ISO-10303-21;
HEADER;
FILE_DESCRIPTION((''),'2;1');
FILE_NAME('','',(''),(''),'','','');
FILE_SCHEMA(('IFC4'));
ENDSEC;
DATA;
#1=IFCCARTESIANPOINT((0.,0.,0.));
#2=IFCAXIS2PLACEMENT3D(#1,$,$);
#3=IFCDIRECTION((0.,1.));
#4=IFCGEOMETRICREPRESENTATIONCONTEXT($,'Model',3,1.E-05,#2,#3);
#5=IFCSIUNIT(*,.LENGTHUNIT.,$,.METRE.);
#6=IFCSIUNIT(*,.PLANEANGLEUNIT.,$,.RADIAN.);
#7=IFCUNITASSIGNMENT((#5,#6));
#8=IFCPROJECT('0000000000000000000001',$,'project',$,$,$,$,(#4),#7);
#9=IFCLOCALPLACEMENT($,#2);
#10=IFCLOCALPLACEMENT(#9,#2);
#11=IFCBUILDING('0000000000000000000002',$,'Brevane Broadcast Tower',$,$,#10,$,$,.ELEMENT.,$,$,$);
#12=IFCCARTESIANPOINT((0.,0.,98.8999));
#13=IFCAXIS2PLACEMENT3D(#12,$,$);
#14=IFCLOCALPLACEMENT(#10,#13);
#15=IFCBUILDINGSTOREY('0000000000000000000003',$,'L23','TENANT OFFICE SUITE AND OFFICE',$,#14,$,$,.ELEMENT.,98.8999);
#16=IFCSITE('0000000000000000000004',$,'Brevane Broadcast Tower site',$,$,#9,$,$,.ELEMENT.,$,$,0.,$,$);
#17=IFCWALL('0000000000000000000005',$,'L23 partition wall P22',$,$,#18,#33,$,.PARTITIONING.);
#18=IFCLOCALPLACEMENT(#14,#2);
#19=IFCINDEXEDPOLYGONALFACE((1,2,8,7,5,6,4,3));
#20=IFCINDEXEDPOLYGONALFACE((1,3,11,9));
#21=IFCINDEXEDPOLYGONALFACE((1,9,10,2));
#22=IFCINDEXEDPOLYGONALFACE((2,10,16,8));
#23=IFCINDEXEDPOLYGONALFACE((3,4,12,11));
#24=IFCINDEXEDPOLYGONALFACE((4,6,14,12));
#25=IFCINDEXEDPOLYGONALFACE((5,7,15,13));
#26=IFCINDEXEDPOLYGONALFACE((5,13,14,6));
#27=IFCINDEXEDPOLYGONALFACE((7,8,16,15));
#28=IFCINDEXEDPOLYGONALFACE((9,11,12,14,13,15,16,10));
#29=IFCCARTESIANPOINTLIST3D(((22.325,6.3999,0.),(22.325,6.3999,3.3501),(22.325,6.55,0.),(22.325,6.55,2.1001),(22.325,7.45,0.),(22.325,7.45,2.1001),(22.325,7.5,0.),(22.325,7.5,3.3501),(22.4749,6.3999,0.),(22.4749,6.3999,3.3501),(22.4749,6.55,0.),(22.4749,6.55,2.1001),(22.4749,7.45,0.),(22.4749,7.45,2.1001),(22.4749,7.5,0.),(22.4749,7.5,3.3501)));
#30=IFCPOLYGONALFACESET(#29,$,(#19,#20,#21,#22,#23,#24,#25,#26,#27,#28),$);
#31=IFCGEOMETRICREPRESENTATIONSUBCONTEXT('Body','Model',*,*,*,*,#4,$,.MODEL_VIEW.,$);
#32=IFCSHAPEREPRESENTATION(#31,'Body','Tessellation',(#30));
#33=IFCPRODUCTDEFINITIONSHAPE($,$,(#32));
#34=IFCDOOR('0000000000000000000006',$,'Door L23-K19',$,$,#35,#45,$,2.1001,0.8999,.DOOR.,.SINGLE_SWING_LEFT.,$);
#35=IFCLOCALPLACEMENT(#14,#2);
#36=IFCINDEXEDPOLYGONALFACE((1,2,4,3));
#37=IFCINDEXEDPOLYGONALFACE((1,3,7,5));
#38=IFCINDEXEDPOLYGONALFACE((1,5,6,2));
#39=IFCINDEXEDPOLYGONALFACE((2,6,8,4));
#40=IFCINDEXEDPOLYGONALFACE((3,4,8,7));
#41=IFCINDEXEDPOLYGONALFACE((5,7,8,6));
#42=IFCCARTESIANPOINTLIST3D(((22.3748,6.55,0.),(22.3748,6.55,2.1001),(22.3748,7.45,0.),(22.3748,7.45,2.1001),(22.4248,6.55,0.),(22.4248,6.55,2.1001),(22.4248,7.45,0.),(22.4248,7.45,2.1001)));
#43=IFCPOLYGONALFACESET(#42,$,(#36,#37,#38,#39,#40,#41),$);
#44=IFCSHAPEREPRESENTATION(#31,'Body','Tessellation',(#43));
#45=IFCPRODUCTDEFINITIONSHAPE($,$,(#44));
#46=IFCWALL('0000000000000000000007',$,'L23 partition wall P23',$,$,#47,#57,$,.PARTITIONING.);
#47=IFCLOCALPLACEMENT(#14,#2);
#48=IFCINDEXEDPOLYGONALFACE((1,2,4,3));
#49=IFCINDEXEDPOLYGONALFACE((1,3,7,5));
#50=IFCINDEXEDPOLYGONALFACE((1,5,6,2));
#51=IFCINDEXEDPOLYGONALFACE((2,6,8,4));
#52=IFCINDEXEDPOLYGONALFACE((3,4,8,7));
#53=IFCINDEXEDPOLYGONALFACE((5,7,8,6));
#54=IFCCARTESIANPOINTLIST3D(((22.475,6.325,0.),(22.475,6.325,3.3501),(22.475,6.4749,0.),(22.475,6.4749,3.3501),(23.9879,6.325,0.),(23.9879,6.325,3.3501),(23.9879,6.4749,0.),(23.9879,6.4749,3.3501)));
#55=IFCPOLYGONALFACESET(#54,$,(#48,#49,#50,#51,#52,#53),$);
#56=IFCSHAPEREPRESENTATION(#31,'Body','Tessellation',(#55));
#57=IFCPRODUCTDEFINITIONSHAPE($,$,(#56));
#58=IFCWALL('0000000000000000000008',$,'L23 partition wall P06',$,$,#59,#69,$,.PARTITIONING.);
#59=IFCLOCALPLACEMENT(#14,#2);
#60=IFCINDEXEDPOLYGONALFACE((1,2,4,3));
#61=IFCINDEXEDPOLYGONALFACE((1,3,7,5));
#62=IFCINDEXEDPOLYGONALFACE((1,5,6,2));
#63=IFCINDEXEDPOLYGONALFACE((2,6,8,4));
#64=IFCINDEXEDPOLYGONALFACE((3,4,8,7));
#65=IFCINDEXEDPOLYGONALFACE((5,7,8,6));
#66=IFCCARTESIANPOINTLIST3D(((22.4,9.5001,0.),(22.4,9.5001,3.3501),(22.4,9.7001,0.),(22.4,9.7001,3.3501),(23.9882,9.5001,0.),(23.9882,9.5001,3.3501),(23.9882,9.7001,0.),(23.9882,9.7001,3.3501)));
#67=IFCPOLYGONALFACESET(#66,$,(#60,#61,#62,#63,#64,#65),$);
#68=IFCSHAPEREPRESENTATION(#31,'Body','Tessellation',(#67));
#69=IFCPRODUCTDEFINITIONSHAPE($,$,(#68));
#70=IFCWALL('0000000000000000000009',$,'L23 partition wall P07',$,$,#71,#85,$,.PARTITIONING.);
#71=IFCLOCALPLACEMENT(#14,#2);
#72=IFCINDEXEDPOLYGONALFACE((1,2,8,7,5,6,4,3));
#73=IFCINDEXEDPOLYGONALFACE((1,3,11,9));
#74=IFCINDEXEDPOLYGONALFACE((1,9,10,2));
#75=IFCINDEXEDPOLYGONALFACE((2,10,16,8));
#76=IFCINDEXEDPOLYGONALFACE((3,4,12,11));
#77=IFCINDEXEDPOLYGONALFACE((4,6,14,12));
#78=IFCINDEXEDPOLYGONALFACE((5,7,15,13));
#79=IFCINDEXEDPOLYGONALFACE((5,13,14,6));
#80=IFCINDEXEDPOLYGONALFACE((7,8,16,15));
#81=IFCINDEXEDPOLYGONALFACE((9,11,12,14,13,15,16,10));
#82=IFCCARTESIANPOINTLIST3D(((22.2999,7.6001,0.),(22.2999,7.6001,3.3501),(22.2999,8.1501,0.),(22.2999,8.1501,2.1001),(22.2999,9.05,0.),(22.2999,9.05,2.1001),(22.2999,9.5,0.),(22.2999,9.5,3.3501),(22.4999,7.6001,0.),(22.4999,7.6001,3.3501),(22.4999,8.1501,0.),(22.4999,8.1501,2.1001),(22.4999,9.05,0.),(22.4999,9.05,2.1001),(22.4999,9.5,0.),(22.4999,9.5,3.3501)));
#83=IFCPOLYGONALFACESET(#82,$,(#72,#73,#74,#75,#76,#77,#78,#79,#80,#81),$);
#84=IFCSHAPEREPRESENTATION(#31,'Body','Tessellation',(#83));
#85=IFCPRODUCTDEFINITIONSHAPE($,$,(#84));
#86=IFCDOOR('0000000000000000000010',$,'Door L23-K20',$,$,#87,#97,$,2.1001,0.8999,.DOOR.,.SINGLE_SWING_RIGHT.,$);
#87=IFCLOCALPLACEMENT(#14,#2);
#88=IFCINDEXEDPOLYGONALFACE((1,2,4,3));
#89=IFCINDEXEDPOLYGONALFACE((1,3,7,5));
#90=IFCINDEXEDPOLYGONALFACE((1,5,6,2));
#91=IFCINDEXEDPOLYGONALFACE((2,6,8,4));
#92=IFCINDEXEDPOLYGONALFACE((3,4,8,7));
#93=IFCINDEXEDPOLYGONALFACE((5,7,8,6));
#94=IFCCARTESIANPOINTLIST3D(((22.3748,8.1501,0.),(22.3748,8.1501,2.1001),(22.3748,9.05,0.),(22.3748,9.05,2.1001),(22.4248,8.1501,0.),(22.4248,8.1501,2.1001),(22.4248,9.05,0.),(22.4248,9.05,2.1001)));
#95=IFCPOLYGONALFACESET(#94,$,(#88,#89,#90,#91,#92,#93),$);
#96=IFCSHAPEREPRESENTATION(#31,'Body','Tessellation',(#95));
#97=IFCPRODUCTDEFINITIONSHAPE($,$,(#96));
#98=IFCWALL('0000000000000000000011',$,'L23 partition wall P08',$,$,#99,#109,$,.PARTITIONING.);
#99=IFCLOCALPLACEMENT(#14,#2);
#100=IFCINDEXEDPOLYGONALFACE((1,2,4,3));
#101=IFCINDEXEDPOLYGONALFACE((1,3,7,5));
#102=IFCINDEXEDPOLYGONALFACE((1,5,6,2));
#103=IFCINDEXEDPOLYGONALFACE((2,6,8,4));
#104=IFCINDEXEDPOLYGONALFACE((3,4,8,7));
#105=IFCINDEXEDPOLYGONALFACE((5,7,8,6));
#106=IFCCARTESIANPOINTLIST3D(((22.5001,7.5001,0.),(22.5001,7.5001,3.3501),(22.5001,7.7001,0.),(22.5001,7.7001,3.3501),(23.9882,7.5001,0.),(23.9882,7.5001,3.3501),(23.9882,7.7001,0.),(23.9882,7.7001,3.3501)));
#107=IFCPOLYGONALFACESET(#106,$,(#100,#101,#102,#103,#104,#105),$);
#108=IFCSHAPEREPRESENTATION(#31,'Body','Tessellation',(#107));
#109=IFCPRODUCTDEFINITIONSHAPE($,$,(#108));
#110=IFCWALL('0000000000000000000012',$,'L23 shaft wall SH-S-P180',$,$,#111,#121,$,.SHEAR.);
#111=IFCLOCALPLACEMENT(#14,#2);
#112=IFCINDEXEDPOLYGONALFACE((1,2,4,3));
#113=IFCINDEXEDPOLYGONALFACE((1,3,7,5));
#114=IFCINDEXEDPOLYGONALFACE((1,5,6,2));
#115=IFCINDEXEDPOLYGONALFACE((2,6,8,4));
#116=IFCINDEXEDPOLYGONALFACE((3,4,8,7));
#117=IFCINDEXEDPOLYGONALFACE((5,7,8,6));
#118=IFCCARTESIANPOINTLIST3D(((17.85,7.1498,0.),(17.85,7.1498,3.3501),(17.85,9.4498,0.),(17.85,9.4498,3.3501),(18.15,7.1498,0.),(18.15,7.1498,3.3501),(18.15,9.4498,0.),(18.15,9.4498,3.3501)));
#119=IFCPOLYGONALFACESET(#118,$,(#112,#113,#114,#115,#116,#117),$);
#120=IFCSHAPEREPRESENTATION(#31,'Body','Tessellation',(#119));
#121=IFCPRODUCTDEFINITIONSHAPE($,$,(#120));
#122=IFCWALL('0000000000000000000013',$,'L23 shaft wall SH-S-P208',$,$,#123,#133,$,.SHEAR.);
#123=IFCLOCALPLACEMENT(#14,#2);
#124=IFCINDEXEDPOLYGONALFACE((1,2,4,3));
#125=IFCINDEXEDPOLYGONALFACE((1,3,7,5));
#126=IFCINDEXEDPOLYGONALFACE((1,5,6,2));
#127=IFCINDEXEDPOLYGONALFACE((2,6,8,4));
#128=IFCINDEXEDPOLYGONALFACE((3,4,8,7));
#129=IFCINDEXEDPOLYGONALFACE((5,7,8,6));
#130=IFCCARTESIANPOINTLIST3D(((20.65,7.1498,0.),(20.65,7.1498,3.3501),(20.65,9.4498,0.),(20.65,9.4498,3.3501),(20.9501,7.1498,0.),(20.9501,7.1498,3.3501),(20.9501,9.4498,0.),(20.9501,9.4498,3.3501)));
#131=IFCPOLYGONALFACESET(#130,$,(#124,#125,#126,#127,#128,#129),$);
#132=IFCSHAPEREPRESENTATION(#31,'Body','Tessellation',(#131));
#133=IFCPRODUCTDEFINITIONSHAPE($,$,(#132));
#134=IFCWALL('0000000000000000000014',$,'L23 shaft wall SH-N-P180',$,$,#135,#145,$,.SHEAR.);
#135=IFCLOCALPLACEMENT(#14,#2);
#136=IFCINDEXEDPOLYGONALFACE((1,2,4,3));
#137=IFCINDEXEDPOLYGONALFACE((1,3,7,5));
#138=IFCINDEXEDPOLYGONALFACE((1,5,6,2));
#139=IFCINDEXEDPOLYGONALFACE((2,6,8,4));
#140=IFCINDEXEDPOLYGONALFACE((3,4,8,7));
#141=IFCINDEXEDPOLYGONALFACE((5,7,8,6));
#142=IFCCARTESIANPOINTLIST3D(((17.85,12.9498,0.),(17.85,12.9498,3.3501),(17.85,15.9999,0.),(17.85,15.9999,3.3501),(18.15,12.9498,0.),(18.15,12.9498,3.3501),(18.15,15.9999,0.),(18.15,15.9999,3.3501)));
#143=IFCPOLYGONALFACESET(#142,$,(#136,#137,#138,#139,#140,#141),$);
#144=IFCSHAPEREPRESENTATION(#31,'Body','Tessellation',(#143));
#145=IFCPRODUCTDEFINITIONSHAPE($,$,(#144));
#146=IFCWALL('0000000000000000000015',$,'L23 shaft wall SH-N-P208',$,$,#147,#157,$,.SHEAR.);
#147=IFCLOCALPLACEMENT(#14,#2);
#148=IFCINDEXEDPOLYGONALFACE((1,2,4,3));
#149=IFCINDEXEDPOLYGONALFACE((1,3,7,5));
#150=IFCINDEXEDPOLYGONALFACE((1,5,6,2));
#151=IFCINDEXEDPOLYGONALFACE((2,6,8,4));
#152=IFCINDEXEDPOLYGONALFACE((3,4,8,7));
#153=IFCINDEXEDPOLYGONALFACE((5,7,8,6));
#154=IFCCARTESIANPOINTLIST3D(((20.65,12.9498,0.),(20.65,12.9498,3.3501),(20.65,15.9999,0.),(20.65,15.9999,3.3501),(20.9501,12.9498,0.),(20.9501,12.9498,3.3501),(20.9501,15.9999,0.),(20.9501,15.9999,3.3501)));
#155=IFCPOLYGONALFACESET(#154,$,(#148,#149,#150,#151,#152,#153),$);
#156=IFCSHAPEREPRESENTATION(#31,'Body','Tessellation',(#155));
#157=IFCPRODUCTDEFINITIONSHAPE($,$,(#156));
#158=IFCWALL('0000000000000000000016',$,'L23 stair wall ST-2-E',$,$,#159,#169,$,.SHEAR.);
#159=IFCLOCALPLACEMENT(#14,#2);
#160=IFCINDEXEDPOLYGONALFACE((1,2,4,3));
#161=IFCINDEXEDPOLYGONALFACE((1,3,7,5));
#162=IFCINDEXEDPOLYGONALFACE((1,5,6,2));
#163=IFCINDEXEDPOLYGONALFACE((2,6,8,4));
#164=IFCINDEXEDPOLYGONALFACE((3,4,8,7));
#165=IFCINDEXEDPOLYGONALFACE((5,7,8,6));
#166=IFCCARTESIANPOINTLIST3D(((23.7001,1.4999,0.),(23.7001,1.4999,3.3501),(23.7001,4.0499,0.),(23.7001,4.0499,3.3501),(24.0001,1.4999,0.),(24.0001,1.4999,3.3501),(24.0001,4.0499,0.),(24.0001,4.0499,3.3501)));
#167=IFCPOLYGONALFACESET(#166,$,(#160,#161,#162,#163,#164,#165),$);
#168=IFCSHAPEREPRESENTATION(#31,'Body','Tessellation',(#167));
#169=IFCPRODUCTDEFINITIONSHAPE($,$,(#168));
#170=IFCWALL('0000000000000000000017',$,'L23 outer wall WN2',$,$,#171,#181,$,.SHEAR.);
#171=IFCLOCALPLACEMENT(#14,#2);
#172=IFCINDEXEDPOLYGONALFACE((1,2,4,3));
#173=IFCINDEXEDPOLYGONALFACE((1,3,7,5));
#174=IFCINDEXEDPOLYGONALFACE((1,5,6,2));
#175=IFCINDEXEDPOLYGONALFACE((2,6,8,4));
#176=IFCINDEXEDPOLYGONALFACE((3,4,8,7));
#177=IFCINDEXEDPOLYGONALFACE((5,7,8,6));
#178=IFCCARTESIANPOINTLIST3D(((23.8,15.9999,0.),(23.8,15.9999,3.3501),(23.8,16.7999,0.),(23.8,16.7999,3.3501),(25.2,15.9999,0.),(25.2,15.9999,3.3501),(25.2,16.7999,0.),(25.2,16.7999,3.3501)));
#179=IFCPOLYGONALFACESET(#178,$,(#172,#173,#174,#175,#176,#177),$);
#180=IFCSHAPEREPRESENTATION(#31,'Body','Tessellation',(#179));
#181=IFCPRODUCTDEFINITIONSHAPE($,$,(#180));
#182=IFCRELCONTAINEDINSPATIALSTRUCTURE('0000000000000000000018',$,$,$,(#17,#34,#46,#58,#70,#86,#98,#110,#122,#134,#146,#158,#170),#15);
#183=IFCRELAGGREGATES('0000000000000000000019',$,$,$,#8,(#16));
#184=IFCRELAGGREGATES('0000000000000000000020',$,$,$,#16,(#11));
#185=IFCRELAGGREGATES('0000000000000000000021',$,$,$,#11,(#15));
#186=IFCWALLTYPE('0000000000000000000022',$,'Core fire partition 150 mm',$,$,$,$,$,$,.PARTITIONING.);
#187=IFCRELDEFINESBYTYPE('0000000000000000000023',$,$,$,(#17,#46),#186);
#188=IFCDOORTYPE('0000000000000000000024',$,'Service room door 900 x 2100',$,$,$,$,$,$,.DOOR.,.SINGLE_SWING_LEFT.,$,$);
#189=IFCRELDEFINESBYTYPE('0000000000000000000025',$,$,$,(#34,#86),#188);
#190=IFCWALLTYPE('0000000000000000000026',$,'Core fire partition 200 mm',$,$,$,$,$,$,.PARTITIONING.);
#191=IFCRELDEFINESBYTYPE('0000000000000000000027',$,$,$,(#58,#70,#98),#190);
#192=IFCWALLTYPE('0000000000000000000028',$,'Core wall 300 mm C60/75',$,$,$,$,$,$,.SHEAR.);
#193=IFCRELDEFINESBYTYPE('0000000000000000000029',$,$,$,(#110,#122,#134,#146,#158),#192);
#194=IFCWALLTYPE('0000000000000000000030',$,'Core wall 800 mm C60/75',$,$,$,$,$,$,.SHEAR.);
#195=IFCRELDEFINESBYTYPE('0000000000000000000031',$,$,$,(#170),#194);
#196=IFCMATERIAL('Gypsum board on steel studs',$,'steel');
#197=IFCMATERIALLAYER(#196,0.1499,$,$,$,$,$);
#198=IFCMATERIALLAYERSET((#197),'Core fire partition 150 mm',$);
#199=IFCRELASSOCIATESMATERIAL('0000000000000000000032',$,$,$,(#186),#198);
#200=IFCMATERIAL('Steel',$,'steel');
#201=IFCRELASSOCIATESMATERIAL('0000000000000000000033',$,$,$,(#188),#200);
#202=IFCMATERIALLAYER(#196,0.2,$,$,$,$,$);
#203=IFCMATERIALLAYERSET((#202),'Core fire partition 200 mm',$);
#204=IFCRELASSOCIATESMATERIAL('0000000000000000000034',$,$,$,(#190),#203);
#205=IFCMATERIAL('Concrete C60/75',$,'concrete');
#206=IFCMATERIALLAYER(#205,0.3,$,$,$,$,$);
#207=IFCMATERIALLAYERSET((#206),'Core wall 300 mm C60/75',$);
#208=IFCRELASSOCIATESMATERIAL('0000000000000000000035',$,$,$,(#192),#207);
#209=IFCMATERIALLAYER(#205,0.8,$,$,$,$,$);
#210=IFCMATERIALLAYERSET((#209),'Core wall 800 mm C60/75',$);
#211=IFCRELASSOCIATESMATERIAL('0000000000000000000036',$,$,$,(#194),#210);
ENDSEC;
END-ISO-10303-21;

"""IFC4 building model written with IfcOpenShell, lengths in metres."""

from ifc_helpers import new_model, si_unit, direction, frame, frame_2d, origin, place, context, subcontext, project, spatial, rectangle, extrude, material, layer, layer_set, type_object, element, fill, save


model = new_model("IFC4")

# Units and contexts
model_context = context("Model", 3, precision=1e-05, world=origin(), true_north=direction((0.0, 1.0)))
body_context = subcontext(model_context, "Body", "Model", "MODEL_VIEW")
ifc_project = project(units=[si_unit("LENGTHUNIT", "METRE"), si_unit("PLANEANGLEUNIT", "RADIAN")], contexts=[model_context])

# Site, building, storey
site_placement = place(None, origin())
site = spatial("IfcSite", under=ifc_project, at=site_placement, Name="Brevane Broadcast Tower site", CompositionType="ELEMENT", RefElevation=0.0)
building_placement = place(site_placement, origin())
building = spatial("IfcBuilding", under=site, at=building_placement, Name="Brevane Broadcast Tower", CompositionType="ELEMENT")
storey_placement = place(building_placement, frame((0.0, 0.0, 98.8999)))
storey = spatial("IfcBuildingStorey", under=building, at=storey_placement, Name="L23", Description="TENANT OFFICE SUITE AND OFFICE", CompositionType="ELEMENT", Elevation=98.8999)

# Wall, opening, door
ifc_material_1 = material(Name="Gypsum board on steel studs", Category="steel")
ifc_layer_1 = layer(ifc_material_1, 0.1499)
ifc_layer_set_1 = layer_set([ifc_layer_1], Name="Core fire partition 150 mm")
wall_type_1 = type_object("IfcWallType", Name="Core fire partition 150 mm", PredefinedType="PARTITIONING", material=ifc_layer_set_1)
ifc_material_2 = material(Name="Steel", Category="steel")
door_type_1 = type_object("IfcDoorType", Name="Service room door 900 x 2100", OperationType="SINGLE_SWING_LEFT", PredefinedType="DOOR", material=ifc_material_2)
wall_1_placement = place(storey_placement, frame((22.3999, 7.5, 0.0), z_axis=(0.0, 0.0, 1.0), x_axis=(0.0, -1.0, 0.0)))
wall_1 = element("IfcWall", 1, at=wall_1_placement, inside=storey, type_object=wall_type_1, Name="L23 partition wall P22", PredefinedType="PARTITIONING", context=body_context, shape_type="SweptSolid", body=[
    extrude(rectangle(XDim=1.1001, YDim=0.1499, at=frame_2d((0.55, 0.0))), origin(), (0.0, 0.0, 1.0), 3.3501),
])
opening_1_placement = place(wall_1_placement, frame((0.05, 0.0, 0.0)))
opening_1 = element("IfcOpeningElement", 2, at=opening_1_placement, cuts=wall_1, PredefinedType="OPENING", context=body_context, shape_type="SweptSolid", body=[
    extrude(rectangle(XDim=0.8999, YDim=2.1001, at=frame_2d((0.45, 1.05))), frame((0.0, 0.085, 0.0), z_axis=(0.0, -1.0, 0.0), x_axis=(1.0, 0.0, 0.0)), (0.0, 0.0, 1.0), 0.1699),
])
door_1_placement = place(opening_1_placement, origin())
door_1 = element("IfcDoor", 3, at=door_1_placement, inside=storey, type_object=door_type_1, Name="Door L23-K19", OperationType="SINGLE_SWING_LEFT", OverallHeight=2.1001, OverallWidth=0.8999, PredefinedType="DOOR", context=body_context, shape_type="SweptSolid", body=[
    extrude(rectangle(XDim=0.8999, YDim=2.1001, at=frame_2d((0.45, 1.05))), frame((0.0, 0.0249, 0.0), z_axis=(0.0, -1.0, 0.0), x_axis=(1.0, 0.0, 0.0)), (0.0, 0.0, 1.0), 0.05),
])
fill(opening_1, door_1)

# Walls
wall_2_placement = place(storey_placement, frame((22.4751, 6.3999, 0.0), z_axis=(0.0, 0.0, 1.0), x_axis=(1.0, 0.0, 0.0)))
element("IfcWall", 4, at=wall_2_placement, inside=storey, type_object=wall_type_1, Name="L23 partition wall P23", PredefinedType="PARTITIONING", context=body_context, shape_type="SweptSolid", body=[
    extrude(rectangle(XDim=1.5129, YDim=0.1499, at=frame_2d((0.7563, 0.0))), origin(), (0.0, 0.0, 1.0), 3.3501),
])
ifc_layer_2 = layer(ifc_material_1, 0.2)
ifc_layer_set_2 = layer_set([ifc_layer_2], Name="Core fire partition 200 mm")
wall_type_2 = type_object("IfcWallType", Name="Core fire partition 200 mm", PredefinedType="PARTITIONING", material=ifc_layer_set_2)
wall_3_placement = place(storey_placement, frame((23.988, 9.6001, 0.0), z_axis=(0.0, 0.0, 1.0), x_axis=(-1.0, 0.0, 0.0)))
element("IfcWall", 5, at=wall_3_placement, inside=storey, type_object=wall_type_2, Name="L23 partition wall P06", PredefinedType="PARTITIONING", context=body_context, shape_type="SweptSolid", body=[
    extrude(rectangle(XDim=1.5881, YDim=0.2, at=frame_2d((0.7939, 0.0))), origin(), (0.0, 0.0, 1.0), 3.3501),
])

# Wall, opening, door
wall_4_placement = place(storey_placement, frame((22.3999, 9.5, 0.0), z_axis=(0.0, 0.0, 1.0), x_axis=(0.0, -1.0, 0.0)))
wall_4 = element("IfcWall", 6, at=wall_4_placement, inside=storey, type_object=wall_type_2, Name="L23 partition wall P07", PredefinedType="PARTITIONING", context=body_context, shape_type="SweptSolid", body=[
    extrude(rectangle(XDim=1.8999, YDim=0.2, at=frame_2d((0.95, 0.0))), origin(), (0.0, 0.0, 1.0), 3.3501),
])
opening_2_placement = place(wall_4_placement, frame((0.45, 0.0, 0.0)))
opening_2 = element("IfcOpeningElement", 7, at=opening_2_placement, cuts=wall_4, PredefinedType="OPENING", context=body_context, shape_type="SweptSolid", body=[
    extrude(rectangle(XDim=0.8999, YDim=2.1001, at=frame_2d((0.45, 1.05))), frame((0.0, 0.1099, 0.0), z_axis=(0.0, -1.0, 0.0), x_axis=(1.0, 0.0, 0.0)), (0.0, 0.0, 1.0), 0.22),
])
door_2_placement = place(opening_2_placement, origin())
door_2 = element("IfcDoor", 8, at=door_2_placement, inside=storey, type_object=door_type_1, Name="Door L23-K20", OperationType="SINGLE_SWING_RIGHT", OverallHeight=2.1001, OverallWidth=0.8999, PredefinedType="DOOR", context=body_context, shape_type="SweptSolid", body=[
    extrude(rectangle(XDim=0.8999, YDim=2.1001, at=frame_2d((0.45, 1.05))), frame((0.0, 0.0249, 0.0), z_axis=(0.0, -1.0, 0.0), x_axis=(1.0, 0.0, 0.0)), (0.0, 0.0, 1.0), 0.05),
])
fill(opening_2, door_2)

# Walls
wall_5_placement = place(storey_placement, frame((22.5, 7.6001, 0.0), z_axis=(0.0, 0.0, 1.0), x_axis=(1.0, 0.0, 0.0)))
element("IfcWall", 9, at=wall_5_placement, inside=storey, type_object=wall_type_2, Name="L23 partition wall P08", PredefinedType="PARTITIONING", context=body_context, shape_type="SweptSolid", body=[
    extrude(rectangle(XDim=1.488, YDim=0.2, at=frame_2d((0.7441, 0.0))), origin(), (0.0, 0.0, 1.0), 3.3501),
])
ifc_material_3 = material(Name="Concrete C60/75", Category="concrete")
ifc_layer_3 = layer(ifc_material_3, 0.3)
ifc_layer_set_3 = layer_set([ifc_layer_3], Name="Core wall 300 mm C60/75")
wall_type_3 = type_object("IfcWallType", Name="Core wall 300 mm C60/75", PredefinedType="SHEAR", material=ifc_layer_set_3)
for number, where, z_axis, x_axis, name in (
    (10, (18.0, 7.1499, 0.0), (0.0, 0.0, 1.0), (0.0, 1.0, 0.0), "L23 shaft wall SH-S-P180"),
    (11, (20.8, 7.1499, 0.0), (0.0, 0.0, 1.0), (0.0, 1.0, 0.0), "L23 shaft wall SH-S-P208"),
):
    element("IfcWall", number, at=place(storey_placement, frame(where, z_axis=z_axis, x_axis=x_axis)), inside=storey, type_object=wall_type_3, Name=name, PredefinedType="SHEAR", context=body_context, shape_type="SweptSolid", body=[
        extrude(rectangle(XDim=2.3, YDim=0.3, at=frame_2d((1.1499, 0.0))), origin(), (0.0, 0.0, 1.0), 3.3501),
    ])
for number, where, z_axis, x_axis, name in (
    (12, (18.0, 12.95, 0.0), (0.0, 0.0, 1.0), (0.0, 1.0, 0.0), "L23 shaft wall SH-N-P180"),
    (13, (20.8, 12.95, 0.0), (0.0, 0.0, 1.0), (0.0, 1.0, 0.0), "L23 shaft wall SH-N-P208"),
):
    element("IfcWall", number, at=place(storey_placement, frame(where, z_axis=z_axis, x_axis=x_axis)), inside=storey, type_object=wall_type_3, Name=name, PredefinedType="SHEAR", context=body_context, shape_type="SweptSolid", body=[
        extrude(rectangle(XDim=3.05, YDim=0.3, at=frame_2d((1.5249, 0.0))), origin(), (0.0, 0.0, 1.0), 3.3501),
    ])
wall_6_placement = place(storey_placement, frame((23.8501, 1.5, 0.0), z_axis=(0.0, 0.0, 1.0), x_axis=(0.0, 1.0, 0.0)))
element("IfcWall", 14, at=wall_6_placement, inside=storey, type_object=wall_type_3, Name="L23 stair wall ST-2-E", PredefinedType="SHEAR", context=body_context, shape_type="SweptSolid", body=[
    extrude(rectangle(XDim=2.55, YDim=0.3, at=frame_2d((1.2749, 0.0))), origin(), (0.0, 0.0, 1.0), 3.3501),
])
ifc_layer_4 = layer(ifc_material_3, 0.8)
ifc_layer_set_4 = layer_set([ifc_layer_4], Name="Core wall 800 mm C60/75")
wall_type_4 = type_object("IfcWallType", Name="Core wall 800 mm C60/75", PredefinedType="SHEAR", material=ifc_layer_set_4)
wall_7_placement = place(storey_placement, frame((23.8, 16.3999, 0.0), z_axis=(0.0, 0.0, 1.0), x_axis=(1.0, 0.0, 0.0)))
element("IfcWall", 15, at=wall_7_placement, inside=storey, type_object=wall_type_4, Name="L23 outer wall WN2", PredefinedType="SHEAR", context=body_context, shape_type="SweptSolid", body=[
    extrude(rectangle(XDim=1.3999, YDim=0.8, at=frame_2d((0.7, 0.0))), origin(), (0.0, 0.0, 1.0), 3.3501),
])

save(model, "model.ifc")
